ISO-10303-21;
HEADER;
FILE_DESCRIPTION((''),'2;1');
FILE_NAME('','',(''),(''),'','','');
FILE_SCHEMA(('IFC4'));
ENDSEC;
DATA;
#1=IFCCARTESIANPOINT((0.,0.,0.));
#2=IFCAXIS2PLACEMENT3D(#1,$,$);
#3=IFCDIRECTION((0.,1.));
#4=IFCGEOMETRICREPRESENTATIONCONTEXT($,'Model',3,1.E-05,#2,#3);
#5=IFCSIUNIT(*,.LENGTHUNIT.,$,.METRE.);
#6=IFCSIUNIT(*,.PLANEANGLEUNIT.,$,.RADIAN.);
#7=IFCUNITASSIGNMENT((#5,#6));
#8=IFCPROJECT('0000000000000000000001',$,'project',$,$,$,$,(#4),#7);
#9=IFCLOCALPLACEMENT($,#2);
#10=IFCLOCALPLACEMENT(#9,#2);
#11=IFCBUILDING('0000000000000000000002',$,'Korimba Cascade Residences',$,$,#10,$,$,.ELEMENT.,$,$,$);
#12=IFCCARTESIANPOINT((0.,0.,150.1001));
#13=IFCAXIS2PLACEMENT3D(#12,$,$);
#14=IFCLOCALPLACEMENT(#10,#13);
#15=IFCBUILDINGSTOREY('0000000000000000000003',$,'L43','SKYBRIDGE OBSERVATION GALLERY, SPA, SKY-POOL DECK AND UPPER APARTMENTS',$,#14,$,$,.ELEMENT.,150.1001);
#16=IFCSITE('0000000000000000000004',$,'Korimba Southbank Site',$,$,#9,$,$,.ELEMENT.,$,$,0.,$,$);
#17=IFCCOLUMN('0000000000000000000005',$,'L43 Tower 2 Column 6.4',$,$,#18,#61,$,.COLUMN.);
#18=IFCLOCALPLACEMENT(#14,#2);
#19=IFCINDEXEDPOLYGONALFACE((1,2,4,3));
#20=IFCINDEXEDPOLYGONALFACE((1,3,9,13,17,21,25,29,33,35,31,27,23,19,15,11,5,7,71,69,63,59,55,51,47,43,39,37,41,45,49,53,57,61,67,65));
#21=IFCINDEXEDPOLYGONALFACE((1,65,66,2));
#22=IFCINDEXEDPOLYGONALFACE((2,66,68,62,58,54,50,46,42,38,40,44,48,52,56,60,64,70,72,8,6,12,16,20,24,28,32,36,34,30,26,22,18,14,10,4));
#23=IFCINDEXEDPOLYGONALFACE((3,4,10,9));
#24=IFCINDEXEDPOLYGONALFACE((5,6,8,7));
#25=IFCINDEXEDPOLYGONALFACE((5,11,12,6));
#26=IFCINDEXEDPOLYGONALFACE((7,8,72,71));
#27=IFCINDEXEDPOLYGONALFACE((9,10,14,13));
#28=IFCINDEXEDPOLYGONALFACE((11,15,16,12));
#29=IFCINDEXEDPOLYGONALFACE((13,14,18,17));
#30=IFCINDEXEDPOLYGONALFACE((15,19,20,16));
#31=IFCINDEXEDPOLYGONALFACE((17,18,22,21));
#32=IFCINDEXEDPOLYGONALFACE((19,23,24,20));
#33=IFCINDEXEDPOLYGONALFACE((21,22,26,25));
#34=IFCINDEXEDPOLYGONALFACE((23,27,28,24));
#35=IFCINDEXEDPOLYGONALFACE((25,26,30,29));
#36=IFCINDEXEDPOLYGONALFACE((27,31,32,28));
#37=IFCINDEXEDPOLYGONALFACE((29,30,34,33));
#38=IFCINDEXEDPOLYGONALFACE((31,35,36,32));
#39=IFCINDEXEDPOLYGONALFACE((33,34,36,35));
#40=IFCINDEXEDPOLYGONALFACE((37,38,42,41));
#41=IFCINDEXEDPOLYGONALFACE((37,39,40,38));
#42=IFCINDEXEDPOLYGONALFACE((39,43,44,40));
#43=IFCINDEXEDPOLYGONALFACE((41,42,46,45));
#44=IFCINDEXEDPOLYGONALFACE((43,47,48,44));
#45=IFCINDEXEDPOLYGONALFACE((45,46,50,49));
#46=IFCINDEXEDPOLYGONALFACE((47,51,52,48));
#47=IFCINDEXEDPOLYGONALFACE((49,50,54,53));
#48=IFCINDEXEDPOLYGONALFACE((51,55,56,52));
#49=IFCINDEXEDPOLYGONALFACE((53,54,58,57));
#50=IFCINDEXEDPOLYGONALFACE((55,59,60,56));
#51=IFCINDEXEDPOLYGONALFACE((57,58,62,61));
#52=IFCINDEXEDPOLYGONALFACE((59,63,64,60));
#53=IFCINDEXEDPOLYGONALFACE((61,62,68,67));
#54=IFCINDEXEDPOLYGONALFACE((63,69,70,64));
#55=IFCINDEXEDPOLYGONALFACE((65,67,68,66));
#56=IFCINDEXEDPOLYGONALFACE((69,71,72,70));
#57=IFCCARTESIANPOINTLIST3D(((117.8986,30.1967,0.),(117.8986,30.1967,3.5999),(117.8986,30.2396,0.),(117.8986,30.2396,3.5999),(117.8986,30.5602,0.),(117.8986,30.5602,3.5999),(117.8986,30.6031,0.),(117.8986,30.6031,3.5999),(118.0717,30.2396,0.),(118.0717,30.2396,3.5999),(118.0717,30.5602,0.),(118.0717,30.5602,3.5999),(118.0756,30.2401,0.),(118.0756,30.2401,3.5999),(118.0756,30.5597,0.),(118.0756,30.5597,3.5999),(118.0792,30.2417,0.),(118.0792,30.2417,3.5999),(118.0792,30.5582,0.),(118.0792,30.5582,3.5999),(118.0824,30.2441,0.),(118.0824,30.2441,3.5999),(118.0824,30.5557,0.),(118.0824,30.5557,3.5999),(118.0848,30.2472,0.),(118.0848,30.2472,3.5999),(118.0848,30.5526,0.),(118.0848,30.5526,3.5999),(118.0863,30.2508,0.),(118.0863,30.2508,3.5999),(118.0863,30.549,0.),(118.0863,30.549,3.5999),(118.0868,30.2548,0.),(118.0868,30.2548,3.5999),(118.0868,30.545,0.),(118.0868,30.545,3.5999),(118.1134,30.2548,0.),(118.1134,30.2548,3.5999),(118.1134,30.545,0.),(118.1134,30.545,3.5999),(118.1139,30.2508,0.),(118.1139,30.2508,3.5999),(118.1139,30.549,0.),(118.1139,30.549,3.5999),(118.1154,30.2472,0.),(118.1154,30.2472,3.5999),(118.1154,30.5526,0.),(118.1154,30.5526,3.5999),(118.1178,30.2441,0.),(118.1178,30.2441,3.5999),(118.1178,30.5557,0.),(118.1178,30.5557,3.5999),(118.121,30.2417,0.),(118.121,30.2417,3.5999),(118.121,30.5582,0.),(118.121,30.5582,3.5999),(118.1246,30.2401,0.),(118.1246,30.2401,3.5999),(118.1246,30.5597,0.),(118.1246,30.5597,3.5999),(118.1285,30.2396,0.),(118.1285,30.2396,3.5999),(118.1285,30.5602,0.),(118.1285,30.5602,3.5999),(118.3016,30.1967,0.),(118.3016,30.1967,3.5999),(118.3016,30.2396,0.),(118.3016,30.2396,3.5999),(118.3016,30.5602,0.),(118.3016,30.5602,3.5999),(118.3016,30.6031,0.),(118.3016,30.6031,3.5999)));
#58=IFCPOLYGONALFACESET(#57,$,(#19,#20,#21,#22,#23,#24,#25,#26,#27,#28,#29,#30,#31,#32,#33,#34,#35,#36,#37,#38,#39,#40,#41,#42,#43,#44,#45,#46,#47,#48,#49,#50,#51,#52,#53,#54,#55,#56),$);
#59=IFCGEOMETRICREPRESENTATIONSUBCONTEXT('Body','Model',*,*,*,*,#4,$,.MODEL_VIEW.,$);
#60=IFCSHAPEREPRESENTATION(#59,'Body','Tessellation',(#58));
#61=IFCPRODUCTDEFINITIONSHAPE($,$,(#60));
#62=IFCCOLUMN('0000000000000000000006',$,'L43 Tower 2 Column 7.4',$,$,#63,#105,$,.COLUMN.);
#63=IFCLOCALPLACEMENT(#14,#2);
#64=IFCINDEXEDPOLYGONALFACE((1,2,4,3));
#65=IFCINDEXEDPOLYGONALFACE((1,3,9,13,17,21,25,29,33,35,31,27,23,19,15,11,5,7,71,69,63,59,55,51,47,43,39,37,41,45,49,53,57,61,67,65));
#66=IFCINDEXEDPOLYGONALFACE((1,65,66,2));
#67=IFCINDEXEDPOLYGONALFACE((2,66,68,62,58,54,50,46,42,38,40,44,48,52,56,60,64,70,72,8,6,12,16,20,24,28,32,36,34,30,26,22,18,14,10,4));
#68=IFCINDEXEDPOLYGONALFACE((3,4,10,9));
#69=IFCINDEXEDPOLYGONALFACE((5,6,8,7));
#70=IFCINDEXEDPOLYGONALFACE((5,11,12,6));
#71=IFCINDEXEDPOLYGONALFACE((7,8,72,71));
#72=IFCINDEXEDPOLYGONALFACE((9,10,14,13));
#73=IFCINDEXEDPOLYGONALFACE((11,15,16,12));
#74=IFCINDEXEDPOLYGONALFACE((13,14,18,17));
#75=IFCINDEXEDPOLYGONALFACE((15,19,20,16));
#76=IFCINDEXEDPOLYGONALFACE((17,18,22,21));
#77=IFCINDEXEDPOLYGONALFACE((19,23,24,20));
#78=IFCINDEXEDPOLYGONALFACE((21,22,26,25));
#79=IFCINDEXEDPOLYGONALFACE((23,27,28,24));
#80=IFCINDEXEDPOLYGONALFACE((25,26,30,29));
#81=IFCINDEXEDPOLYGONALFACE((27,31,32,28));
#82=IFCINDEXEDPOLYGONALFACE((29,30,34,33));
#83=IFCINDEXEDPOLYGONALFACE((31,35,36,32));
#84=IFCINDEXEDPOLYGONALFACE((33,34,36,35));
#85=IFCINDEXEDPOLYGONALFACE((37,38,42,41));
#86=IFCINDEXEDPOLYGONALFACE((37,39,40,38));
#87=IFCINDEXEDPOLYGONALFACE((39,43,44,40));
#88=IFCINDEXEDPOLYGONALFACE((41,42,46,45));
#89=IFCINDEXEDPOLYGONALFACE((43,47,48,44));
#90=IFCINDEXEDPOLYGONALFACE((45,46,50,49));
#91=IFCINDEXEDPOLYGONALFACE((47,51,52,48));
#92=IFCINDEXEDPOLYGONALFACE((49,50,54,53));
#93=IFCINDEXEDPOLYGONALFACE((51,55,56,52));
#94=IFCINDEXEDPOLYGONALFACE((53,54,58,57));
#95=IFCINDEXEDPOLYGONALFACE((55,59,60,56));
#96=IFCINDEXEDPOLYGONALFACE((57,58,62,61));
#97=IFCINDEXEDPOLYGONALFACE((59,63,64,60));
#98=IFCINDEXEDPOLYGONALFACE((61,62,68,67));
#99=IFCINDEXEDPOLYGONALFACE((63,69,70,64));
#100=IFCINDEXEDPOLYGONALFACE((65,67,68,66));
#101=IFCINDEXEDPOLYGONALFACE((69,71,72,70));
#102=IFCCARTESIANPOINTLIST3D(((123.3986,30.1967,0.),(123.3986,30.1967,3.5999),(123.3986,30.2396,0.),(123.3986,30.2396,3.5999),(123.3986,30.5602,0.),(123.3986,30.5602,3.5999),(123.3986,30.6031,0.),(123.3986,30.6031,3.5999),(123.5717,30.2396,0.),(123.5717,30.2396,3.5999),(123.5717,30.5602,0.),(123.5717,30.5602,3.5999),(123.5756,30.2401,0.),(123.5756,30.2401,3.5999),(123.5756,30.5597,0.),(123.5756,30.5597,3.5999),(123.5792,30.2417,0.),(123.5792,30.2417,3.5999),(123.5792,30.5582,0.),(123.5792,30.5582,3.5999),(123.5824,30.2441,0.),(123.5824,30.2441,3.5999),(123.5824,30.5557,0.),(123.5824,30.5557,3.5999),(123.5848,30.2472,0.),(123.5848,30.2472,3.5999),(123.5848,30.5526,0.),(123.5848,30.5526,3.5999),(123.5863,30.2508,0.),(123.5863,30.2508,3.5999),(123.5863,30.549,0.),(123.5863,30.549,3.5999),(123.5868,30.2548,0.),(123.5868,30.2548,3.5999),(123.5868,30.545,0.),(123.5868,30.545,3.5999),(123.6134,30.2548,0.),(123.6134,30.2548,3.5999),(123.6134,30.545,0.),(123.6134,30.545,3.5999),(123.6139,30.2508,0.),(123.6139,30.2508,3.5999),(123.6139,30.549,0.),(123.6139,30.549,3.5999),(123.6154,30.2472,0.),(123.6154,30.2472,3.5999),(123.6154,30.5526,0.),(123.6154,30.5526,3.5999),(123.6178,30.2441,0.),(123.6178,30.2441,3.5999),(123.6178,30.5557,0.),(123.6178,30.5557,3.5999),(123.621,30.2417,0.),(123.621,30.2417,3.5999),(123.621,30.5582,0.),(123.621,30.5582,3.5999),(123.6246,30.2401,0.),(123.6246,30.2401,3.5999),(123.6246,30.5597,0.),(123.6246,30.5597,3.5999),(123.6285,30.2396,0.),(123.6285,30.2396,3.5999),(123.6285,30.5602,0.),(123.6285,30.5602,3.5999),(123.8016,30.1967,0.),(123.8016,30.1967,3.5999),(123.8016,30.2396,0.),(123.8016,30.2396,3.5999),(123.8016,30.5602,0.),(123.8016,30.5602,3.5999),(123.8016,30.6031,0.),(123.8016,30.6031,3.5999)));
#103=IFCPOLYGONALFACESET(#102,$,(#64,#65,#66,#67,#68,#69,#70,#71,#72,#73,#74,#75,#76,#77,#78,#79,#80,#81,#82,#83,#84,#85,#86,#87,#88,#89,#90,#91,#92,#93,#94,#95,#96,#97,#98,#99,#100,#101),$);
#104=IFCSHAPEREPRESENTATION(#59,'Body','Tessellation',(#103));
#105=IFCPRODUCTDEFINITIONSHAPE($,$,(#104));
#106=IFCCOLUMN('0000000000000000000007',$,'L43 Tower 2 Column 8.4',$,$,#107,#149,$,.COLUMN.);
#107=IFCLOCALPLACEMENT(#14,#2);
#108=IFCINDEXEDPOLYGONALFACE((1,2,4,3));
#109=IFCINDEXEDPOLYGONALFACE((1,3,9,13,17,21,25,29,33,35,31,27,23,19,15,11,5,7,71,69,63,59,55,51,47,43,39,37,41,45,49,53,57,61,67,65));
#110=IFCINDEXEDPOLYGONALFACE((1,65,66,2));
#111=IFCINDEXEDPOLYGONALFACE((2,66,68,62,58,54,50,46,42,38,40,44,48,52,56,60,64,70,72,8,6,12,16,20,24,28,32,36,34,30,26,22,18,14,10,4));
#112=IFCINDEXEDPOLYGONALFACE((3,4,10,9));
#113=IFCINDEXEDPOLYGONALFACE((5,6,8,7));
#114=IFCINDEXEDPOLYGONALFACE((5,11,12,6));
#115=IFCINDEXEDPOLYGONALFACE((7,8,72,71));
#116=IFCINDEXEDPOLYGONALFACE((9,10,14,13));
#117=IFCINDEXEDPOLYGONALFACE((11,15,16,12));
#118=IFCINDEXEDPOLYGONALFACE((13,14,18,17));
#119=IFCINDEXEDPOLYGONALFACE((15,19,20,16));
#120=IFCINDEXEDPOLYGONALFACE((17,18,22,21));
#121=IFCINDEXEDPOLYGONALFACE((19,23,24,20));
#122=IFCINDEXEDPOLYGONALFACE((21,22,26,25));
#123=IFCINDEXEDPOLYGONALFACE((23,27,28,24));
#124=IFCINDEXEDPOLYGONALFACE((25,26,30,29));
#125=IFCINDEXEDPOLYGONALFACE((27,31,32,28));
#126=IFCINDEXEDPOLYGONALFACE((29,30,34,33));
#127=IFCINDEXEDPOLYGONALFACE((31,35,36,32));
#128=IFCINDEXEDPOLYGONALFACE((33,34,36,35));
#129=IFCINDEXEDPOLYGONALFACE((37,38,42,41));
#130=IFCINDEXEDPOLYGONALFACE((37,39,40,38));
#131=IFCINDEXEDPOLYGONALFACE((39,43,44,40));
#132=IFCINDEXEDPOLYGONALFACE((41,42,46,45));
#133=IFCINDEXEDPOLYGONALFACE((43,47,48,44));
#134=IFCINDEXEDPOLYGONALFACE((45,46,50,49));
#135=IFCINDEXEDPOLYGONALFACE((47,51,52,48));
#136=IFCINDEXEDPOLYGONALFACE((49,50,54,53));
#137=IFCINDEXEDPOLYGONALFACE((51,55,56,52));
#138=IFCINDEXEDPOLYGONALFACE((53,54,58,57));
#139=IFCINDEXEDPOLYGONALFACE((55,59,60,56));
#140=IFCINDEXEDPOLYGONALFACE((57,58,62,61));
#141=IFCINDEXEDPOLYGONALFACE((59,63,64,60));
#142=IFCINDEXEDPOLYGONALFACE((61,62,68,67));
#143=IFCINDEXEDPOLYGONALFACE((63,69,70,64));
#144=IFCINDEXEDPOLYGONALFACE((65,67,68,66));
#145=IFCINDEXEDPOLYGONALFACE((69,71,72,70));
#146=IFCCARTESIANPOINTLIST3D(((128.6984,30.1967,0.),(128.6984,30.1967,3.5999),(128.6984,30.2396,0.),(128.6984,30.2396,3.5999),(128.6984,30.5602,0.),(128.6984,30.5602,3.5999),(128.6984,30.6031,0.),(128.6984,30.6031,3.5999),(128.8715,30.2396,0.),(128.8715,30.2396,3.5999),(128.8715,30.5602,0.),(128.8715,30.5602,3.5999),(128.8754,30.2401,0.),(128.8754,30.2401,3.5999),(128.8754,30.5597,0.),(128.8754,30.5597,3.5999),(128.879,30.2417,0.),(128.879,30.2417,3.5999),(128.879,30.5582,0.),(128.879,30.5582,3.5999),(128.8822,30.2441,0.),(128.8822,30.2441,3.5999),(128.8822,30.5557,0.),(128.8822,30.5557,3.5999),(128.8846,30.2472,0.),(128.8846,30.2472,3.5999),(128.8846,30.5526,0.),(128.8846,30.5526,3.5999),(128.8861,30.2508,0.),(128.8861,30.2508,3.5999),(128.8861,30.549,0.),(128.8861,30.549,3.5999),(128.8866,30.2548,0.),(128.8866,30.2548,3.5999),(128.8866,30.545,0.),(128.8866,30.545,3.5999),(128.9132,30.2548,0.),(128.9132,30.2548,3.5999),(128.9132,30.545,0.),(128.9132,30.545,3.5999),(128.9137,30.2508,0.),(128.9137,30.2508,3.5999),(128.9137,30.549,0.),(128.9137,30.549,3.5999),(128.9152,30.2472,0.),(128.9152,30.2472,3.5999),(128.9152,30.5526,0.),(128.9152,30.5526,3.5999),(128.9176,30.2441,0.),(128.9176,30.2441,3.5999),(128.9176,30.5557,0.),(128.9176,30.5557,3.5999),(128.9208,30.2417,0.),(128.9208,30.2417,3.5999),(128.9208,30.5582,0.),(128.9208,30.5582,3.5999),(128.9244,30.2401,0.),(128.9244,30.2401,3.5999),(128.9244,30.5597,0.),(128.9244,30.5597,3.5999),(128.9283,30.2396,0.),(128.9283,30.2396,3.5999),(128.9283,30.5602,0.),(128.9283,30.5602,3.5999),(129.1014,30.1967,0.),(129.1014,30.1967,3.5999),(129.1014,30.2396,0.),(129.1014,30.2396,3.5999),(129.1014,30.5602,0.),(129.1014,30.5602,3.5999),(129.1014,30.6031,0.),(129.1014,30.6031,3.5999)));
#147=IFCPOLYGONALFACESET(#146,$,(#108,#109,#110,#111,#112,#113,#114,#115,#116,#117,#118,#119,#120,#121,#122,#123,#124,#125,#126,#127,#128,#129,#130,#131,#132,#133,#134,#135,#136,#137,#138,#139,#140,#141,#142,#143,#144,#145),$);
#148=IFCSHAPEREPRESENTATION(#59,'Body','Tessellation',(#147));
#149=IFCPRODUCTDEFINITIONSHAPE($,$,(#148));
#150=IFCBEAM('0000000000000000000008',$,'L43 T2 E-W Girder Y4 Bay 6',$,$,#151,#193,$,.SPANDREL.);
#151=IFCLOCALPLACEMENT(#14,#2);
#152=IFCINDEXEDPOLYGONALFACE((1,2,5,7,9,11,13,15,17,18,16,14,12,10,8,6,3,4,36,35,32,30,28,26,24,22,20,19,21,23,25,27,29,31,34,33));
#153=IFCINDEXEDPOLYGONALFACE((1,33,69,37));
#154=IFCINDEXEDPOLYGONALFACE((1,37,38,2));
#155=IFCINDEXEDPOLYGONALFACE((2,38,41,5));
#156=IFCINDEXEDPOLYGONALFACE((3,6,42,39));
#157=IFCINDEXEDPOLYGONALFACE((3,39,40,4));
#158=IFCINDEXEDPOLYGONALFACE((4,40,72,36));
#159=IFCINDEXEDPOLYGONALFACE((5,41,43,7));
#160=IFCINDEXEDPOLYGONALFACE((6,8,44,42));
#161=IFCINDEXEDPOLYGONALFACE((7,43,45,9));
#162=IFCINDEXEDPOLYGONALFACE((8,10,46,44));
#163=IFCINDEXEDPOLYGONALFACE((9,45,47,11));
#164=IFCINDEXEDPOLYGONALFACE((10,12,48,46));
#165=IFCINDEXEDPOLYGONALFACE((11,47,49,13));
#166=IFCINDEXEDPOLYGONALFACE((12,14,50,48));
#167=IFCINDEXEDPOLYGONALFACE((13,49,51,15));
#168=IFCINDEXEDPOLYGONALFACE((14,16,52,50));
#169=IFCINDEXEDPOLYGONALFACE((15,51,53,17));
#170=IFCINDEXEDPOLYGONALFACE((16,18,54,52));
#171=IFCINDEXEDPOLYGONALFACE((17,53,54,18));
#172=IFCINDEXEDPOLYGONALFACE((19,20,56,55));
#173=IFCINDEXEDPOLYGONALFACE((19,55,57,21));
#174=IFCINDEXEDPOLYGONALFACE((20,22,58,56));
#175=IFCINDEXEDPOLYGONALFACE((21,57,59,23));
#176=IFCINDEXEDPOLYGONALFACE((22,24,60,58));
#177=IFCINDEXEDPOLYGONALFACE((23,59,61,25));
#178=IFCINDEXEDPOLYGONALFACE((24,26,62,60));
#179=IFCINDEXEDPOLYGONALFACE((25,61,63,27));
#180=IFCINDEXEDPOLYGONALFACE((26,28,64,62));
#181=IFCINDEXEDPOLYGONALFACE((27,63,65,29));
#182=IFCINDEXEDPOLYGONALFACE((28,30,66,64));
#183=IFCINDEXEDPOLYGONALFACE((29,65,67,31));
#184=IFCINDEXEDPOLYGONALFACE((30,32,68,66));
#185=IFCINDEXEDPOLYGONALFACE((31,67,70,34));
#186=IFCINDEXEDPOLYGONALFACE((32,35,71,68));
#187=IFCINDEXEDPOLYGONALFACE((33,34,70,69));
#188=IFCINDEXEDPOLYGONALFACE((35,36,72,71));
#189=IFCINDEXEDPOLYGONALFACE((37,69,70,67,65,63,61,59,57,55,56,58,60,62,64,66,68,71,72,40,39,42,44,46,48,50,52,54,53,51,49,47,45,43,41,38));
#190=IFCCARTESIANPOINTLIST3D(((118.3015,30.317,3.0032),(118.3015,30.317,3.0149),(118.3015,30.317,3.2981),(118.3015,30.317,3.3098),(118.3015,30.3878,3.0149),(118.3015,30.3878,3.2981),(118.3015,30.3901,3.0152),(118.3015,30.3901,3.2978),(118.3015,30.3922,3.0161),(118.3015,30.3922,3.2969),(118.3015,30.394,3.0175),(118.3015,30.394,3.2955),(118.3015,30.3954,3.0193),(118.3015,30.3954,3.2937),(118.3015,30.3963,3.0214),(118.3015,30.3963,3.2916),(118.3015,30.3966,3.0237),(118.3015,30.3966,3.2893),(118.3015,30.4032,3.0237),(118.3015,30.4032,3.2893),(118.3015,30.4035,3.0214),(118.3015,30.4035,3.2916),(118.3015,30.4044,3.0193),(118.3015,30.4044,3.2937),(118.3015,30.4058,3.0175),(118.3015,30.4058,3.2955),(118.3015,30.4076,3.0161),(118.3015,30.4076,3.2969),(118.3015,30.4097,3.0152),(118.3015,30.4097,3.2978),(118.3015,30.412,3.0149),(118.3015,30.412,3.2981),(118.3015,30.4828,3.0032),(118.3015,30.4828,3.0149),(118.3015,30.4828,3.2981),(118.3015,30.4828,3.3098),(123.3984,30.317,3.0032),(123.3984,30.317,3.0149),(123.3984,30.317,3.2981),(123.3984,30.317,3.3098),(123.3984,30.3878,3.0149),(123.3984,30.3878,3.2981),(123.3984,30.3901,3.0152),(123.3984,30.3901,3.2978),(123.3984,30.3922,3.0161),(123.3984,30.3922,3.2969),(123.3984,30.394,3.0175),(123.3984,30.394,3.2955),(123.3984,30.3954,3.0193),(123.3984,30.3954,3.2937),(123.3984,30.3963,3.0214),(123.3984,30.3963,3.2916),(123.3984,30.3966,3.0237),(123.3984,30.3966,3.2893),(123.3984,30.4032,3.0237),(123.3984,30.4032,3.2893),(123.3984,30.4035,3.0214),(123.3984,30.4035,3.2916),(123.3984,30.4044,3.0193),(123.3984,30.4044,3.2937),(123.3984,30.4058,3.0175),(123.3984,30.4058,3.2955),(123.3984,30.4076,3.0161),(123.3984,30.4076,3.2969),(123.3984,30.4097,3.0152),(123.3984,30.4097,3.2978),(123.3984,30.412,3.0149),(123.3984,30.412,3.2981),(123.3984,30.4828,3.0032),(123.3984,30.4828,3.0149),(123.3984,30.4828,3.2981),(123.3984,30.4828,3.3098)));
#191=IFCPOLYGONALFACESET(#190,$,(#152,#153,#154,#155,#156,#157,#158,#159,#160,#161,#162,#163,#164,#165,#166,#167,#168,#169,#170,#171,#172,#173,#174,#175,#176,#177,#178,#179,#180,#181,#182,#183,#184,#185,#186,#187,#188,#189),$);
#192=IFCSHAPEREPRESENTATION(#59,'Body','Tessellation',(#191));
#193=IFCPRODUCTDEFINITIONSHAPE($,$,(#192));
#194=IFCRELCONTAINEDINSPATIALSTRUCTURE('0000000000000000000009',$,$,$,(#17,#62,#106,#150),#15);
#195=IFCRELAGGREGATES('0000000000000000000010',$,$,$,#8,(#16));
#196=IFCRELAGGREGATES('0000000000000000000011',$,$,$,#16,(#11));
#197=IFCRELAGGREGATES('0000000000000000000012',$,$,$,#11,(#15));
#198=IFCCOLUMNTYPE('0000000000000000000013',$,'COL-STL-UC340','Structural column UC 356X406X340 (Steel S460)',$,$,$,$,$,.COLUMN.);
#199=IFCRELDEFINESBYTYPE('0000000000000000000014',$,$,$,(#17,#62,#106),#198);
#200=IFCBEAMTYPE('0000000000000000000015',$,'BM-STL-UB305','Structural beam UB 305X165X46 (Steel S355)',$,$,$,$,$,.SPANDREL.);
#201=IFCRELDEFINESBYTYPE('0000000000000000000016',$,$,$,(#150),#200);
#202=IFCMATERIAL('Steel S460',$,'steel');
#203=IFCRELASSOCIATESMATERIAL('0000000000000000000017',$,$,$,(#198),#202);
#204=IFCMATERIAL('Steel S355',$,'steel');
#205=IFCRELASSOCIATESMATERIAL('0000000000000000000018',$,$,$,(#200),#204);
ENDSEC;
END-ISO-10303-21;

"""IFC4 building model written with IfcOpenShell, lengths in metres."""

from ifc_helpers import new_model, si_unit, direction, frame, origin, origin_2d, place, context, subcontext, project, spatial, i_section, extrude, material, material_profile, profile_set, type_object, element, save


model = new_model("IFC4")

# Units and contexts
model_context = context("Model", 3, precision=1e-05, world=origin(), true_north=direction((0.0, 1.0)))
body_context = subcontext(model_context, "Body", "Model", "MODEL_VIEW")
ifc_project = project(units=[si_unit("LENGTHUNIT", "METRE"), si_unit("PLANEANGLEUNIT", "RADIAN")], contexts=[model_context])

# Site, building, storey
site_placement = place(None, origin())
site = spatial("IfcSite", under=ifc_project, at=site_placement, Name="Korimba Southbank Site", CompositionType="ELEMENT", RefElevation=0.0)
building_placement = place(site_placement, origin())
building = spatial("IfcBuilding", under=site, at=building_placement, Name="Korimba Cascade Residences", CompositionType="ELEMENT")
storey_placement = place(building_placement, frame((0.0, 0.0, 150.1001)))
storey = spatial("IfcBuildingStorey", under=building, at=storey_placement, Name="L43", Description="SKYBRIDGE OBSERVATION GALLERY, SPA, SKY-POOL DECK AND UPPER APARTMENTS", CompositionType="ELEMENT", Elevation=150.1001)

# Columns
ifc_material_1 = material(Name="Steel S460", Category="steel")
ifc_material_profile_1 = material_profile(ifc_material_1, i_section(OverallWidth=0.4031, OverallDepth=0.4065, WebThickness=0.0266, FlangeThickness=0.043, FilletRadius=0.0151, at=origin_2d()), Name="Steel S460")
ifc_profile_set_1 = profile_set([ifc_material_profile_1], Name="Steel S460")
column_type = type_object("IfcColumnType", Name="COL-STL-UC340", Description="Structural column UC 356X406X340 (Steel S460)", PredefinedType="COLUMN", material=ifc_profile_set_1)
for number, where, z_axis, x_axis, name in (
    (1, (118.1001, 30.3999, 0.0), (0.0, 0.0, 1.0), (1.0, 0.0, 0.0), "L43 Tower 2 Column 6.4"),
    (2, (123.6001, 30.3999, 0.0), (0.0, 0.0, 1.0), (1.0, 0.0, 0.0), "L43 Tower 2 Column 7.4"),
    (3, (128.8999, 30.3999, 0.0), (0.0, 0.0, 1.0), (1.0, 0.0, 0.0), "L43 Tower 2 Column 8.4"),
):
    element("IfcColumn", number, at=place(storey_placement, frame(where, z_axis=z_axis, x_axis=x_axis)), inside=storey, type_object=column_type, Name=name, PredefinedType="COLUMN", context=body_context, shape_type="SweptSolid", body=[
        extrude(i_section(OverallWidth=0.4031, OverallDepth=0.4065, WebThickness=0.0266, FlangeThickness=0.043, FilletRadius=0.0151, at=origin_2d()), origin(), (0.0, 0.0, 1.0), 3.5999),
    ])

# Beam
ifc_material_2 = material(Name="Steel S355", Category="steel")
ifc_material_profile_2 = material_profile(ifc_material_2, i_section(OverallWidth=0.1658, OverallDepth=0.3066, WebThickness=0.0066, FlangeThickness=0.0117, FilletRadius=0.0088, at=origin_2d()), Name="Steel S355")
ifc_profile_set_2 = profile_set([ifc_material_profile_2], Name="Steel S355")
beam_type_1 = type_object("IfcBeamType", Name="BM-STL-UB305", Description="Structural beam UB 305X165X46 (Steel S355)", PredefinedType="SPANDREL", material=ifc_profile_set_2)
beam_1_placement = place(storey_placement, frame((118.3015, 30.3999, 3.1565), z_axis=(1.0, 0.0, 0.0), x_axis=(0.0, 1.0, 0.0)))
element("IfcBeam", 4, at=beam_1_placement, inside=storey, type_object=beam_type_1, Name="L43 T2 E-W Girder Y4 Bay 6", PredefinedType="SPANDREL", context=body_context, shape_type="SweptSolid", body=[
    extrude(i_section(OverallWidth=0.1658, OverallDepth=0.3066, WebThickness=0.0066, FlangeThickness=0.0117, FilletRadius=0.0088, at=origin_2d()), origin(), (0.0, 0.0, 1.0), 5.0969),
])

save(model, "model.ifc")
